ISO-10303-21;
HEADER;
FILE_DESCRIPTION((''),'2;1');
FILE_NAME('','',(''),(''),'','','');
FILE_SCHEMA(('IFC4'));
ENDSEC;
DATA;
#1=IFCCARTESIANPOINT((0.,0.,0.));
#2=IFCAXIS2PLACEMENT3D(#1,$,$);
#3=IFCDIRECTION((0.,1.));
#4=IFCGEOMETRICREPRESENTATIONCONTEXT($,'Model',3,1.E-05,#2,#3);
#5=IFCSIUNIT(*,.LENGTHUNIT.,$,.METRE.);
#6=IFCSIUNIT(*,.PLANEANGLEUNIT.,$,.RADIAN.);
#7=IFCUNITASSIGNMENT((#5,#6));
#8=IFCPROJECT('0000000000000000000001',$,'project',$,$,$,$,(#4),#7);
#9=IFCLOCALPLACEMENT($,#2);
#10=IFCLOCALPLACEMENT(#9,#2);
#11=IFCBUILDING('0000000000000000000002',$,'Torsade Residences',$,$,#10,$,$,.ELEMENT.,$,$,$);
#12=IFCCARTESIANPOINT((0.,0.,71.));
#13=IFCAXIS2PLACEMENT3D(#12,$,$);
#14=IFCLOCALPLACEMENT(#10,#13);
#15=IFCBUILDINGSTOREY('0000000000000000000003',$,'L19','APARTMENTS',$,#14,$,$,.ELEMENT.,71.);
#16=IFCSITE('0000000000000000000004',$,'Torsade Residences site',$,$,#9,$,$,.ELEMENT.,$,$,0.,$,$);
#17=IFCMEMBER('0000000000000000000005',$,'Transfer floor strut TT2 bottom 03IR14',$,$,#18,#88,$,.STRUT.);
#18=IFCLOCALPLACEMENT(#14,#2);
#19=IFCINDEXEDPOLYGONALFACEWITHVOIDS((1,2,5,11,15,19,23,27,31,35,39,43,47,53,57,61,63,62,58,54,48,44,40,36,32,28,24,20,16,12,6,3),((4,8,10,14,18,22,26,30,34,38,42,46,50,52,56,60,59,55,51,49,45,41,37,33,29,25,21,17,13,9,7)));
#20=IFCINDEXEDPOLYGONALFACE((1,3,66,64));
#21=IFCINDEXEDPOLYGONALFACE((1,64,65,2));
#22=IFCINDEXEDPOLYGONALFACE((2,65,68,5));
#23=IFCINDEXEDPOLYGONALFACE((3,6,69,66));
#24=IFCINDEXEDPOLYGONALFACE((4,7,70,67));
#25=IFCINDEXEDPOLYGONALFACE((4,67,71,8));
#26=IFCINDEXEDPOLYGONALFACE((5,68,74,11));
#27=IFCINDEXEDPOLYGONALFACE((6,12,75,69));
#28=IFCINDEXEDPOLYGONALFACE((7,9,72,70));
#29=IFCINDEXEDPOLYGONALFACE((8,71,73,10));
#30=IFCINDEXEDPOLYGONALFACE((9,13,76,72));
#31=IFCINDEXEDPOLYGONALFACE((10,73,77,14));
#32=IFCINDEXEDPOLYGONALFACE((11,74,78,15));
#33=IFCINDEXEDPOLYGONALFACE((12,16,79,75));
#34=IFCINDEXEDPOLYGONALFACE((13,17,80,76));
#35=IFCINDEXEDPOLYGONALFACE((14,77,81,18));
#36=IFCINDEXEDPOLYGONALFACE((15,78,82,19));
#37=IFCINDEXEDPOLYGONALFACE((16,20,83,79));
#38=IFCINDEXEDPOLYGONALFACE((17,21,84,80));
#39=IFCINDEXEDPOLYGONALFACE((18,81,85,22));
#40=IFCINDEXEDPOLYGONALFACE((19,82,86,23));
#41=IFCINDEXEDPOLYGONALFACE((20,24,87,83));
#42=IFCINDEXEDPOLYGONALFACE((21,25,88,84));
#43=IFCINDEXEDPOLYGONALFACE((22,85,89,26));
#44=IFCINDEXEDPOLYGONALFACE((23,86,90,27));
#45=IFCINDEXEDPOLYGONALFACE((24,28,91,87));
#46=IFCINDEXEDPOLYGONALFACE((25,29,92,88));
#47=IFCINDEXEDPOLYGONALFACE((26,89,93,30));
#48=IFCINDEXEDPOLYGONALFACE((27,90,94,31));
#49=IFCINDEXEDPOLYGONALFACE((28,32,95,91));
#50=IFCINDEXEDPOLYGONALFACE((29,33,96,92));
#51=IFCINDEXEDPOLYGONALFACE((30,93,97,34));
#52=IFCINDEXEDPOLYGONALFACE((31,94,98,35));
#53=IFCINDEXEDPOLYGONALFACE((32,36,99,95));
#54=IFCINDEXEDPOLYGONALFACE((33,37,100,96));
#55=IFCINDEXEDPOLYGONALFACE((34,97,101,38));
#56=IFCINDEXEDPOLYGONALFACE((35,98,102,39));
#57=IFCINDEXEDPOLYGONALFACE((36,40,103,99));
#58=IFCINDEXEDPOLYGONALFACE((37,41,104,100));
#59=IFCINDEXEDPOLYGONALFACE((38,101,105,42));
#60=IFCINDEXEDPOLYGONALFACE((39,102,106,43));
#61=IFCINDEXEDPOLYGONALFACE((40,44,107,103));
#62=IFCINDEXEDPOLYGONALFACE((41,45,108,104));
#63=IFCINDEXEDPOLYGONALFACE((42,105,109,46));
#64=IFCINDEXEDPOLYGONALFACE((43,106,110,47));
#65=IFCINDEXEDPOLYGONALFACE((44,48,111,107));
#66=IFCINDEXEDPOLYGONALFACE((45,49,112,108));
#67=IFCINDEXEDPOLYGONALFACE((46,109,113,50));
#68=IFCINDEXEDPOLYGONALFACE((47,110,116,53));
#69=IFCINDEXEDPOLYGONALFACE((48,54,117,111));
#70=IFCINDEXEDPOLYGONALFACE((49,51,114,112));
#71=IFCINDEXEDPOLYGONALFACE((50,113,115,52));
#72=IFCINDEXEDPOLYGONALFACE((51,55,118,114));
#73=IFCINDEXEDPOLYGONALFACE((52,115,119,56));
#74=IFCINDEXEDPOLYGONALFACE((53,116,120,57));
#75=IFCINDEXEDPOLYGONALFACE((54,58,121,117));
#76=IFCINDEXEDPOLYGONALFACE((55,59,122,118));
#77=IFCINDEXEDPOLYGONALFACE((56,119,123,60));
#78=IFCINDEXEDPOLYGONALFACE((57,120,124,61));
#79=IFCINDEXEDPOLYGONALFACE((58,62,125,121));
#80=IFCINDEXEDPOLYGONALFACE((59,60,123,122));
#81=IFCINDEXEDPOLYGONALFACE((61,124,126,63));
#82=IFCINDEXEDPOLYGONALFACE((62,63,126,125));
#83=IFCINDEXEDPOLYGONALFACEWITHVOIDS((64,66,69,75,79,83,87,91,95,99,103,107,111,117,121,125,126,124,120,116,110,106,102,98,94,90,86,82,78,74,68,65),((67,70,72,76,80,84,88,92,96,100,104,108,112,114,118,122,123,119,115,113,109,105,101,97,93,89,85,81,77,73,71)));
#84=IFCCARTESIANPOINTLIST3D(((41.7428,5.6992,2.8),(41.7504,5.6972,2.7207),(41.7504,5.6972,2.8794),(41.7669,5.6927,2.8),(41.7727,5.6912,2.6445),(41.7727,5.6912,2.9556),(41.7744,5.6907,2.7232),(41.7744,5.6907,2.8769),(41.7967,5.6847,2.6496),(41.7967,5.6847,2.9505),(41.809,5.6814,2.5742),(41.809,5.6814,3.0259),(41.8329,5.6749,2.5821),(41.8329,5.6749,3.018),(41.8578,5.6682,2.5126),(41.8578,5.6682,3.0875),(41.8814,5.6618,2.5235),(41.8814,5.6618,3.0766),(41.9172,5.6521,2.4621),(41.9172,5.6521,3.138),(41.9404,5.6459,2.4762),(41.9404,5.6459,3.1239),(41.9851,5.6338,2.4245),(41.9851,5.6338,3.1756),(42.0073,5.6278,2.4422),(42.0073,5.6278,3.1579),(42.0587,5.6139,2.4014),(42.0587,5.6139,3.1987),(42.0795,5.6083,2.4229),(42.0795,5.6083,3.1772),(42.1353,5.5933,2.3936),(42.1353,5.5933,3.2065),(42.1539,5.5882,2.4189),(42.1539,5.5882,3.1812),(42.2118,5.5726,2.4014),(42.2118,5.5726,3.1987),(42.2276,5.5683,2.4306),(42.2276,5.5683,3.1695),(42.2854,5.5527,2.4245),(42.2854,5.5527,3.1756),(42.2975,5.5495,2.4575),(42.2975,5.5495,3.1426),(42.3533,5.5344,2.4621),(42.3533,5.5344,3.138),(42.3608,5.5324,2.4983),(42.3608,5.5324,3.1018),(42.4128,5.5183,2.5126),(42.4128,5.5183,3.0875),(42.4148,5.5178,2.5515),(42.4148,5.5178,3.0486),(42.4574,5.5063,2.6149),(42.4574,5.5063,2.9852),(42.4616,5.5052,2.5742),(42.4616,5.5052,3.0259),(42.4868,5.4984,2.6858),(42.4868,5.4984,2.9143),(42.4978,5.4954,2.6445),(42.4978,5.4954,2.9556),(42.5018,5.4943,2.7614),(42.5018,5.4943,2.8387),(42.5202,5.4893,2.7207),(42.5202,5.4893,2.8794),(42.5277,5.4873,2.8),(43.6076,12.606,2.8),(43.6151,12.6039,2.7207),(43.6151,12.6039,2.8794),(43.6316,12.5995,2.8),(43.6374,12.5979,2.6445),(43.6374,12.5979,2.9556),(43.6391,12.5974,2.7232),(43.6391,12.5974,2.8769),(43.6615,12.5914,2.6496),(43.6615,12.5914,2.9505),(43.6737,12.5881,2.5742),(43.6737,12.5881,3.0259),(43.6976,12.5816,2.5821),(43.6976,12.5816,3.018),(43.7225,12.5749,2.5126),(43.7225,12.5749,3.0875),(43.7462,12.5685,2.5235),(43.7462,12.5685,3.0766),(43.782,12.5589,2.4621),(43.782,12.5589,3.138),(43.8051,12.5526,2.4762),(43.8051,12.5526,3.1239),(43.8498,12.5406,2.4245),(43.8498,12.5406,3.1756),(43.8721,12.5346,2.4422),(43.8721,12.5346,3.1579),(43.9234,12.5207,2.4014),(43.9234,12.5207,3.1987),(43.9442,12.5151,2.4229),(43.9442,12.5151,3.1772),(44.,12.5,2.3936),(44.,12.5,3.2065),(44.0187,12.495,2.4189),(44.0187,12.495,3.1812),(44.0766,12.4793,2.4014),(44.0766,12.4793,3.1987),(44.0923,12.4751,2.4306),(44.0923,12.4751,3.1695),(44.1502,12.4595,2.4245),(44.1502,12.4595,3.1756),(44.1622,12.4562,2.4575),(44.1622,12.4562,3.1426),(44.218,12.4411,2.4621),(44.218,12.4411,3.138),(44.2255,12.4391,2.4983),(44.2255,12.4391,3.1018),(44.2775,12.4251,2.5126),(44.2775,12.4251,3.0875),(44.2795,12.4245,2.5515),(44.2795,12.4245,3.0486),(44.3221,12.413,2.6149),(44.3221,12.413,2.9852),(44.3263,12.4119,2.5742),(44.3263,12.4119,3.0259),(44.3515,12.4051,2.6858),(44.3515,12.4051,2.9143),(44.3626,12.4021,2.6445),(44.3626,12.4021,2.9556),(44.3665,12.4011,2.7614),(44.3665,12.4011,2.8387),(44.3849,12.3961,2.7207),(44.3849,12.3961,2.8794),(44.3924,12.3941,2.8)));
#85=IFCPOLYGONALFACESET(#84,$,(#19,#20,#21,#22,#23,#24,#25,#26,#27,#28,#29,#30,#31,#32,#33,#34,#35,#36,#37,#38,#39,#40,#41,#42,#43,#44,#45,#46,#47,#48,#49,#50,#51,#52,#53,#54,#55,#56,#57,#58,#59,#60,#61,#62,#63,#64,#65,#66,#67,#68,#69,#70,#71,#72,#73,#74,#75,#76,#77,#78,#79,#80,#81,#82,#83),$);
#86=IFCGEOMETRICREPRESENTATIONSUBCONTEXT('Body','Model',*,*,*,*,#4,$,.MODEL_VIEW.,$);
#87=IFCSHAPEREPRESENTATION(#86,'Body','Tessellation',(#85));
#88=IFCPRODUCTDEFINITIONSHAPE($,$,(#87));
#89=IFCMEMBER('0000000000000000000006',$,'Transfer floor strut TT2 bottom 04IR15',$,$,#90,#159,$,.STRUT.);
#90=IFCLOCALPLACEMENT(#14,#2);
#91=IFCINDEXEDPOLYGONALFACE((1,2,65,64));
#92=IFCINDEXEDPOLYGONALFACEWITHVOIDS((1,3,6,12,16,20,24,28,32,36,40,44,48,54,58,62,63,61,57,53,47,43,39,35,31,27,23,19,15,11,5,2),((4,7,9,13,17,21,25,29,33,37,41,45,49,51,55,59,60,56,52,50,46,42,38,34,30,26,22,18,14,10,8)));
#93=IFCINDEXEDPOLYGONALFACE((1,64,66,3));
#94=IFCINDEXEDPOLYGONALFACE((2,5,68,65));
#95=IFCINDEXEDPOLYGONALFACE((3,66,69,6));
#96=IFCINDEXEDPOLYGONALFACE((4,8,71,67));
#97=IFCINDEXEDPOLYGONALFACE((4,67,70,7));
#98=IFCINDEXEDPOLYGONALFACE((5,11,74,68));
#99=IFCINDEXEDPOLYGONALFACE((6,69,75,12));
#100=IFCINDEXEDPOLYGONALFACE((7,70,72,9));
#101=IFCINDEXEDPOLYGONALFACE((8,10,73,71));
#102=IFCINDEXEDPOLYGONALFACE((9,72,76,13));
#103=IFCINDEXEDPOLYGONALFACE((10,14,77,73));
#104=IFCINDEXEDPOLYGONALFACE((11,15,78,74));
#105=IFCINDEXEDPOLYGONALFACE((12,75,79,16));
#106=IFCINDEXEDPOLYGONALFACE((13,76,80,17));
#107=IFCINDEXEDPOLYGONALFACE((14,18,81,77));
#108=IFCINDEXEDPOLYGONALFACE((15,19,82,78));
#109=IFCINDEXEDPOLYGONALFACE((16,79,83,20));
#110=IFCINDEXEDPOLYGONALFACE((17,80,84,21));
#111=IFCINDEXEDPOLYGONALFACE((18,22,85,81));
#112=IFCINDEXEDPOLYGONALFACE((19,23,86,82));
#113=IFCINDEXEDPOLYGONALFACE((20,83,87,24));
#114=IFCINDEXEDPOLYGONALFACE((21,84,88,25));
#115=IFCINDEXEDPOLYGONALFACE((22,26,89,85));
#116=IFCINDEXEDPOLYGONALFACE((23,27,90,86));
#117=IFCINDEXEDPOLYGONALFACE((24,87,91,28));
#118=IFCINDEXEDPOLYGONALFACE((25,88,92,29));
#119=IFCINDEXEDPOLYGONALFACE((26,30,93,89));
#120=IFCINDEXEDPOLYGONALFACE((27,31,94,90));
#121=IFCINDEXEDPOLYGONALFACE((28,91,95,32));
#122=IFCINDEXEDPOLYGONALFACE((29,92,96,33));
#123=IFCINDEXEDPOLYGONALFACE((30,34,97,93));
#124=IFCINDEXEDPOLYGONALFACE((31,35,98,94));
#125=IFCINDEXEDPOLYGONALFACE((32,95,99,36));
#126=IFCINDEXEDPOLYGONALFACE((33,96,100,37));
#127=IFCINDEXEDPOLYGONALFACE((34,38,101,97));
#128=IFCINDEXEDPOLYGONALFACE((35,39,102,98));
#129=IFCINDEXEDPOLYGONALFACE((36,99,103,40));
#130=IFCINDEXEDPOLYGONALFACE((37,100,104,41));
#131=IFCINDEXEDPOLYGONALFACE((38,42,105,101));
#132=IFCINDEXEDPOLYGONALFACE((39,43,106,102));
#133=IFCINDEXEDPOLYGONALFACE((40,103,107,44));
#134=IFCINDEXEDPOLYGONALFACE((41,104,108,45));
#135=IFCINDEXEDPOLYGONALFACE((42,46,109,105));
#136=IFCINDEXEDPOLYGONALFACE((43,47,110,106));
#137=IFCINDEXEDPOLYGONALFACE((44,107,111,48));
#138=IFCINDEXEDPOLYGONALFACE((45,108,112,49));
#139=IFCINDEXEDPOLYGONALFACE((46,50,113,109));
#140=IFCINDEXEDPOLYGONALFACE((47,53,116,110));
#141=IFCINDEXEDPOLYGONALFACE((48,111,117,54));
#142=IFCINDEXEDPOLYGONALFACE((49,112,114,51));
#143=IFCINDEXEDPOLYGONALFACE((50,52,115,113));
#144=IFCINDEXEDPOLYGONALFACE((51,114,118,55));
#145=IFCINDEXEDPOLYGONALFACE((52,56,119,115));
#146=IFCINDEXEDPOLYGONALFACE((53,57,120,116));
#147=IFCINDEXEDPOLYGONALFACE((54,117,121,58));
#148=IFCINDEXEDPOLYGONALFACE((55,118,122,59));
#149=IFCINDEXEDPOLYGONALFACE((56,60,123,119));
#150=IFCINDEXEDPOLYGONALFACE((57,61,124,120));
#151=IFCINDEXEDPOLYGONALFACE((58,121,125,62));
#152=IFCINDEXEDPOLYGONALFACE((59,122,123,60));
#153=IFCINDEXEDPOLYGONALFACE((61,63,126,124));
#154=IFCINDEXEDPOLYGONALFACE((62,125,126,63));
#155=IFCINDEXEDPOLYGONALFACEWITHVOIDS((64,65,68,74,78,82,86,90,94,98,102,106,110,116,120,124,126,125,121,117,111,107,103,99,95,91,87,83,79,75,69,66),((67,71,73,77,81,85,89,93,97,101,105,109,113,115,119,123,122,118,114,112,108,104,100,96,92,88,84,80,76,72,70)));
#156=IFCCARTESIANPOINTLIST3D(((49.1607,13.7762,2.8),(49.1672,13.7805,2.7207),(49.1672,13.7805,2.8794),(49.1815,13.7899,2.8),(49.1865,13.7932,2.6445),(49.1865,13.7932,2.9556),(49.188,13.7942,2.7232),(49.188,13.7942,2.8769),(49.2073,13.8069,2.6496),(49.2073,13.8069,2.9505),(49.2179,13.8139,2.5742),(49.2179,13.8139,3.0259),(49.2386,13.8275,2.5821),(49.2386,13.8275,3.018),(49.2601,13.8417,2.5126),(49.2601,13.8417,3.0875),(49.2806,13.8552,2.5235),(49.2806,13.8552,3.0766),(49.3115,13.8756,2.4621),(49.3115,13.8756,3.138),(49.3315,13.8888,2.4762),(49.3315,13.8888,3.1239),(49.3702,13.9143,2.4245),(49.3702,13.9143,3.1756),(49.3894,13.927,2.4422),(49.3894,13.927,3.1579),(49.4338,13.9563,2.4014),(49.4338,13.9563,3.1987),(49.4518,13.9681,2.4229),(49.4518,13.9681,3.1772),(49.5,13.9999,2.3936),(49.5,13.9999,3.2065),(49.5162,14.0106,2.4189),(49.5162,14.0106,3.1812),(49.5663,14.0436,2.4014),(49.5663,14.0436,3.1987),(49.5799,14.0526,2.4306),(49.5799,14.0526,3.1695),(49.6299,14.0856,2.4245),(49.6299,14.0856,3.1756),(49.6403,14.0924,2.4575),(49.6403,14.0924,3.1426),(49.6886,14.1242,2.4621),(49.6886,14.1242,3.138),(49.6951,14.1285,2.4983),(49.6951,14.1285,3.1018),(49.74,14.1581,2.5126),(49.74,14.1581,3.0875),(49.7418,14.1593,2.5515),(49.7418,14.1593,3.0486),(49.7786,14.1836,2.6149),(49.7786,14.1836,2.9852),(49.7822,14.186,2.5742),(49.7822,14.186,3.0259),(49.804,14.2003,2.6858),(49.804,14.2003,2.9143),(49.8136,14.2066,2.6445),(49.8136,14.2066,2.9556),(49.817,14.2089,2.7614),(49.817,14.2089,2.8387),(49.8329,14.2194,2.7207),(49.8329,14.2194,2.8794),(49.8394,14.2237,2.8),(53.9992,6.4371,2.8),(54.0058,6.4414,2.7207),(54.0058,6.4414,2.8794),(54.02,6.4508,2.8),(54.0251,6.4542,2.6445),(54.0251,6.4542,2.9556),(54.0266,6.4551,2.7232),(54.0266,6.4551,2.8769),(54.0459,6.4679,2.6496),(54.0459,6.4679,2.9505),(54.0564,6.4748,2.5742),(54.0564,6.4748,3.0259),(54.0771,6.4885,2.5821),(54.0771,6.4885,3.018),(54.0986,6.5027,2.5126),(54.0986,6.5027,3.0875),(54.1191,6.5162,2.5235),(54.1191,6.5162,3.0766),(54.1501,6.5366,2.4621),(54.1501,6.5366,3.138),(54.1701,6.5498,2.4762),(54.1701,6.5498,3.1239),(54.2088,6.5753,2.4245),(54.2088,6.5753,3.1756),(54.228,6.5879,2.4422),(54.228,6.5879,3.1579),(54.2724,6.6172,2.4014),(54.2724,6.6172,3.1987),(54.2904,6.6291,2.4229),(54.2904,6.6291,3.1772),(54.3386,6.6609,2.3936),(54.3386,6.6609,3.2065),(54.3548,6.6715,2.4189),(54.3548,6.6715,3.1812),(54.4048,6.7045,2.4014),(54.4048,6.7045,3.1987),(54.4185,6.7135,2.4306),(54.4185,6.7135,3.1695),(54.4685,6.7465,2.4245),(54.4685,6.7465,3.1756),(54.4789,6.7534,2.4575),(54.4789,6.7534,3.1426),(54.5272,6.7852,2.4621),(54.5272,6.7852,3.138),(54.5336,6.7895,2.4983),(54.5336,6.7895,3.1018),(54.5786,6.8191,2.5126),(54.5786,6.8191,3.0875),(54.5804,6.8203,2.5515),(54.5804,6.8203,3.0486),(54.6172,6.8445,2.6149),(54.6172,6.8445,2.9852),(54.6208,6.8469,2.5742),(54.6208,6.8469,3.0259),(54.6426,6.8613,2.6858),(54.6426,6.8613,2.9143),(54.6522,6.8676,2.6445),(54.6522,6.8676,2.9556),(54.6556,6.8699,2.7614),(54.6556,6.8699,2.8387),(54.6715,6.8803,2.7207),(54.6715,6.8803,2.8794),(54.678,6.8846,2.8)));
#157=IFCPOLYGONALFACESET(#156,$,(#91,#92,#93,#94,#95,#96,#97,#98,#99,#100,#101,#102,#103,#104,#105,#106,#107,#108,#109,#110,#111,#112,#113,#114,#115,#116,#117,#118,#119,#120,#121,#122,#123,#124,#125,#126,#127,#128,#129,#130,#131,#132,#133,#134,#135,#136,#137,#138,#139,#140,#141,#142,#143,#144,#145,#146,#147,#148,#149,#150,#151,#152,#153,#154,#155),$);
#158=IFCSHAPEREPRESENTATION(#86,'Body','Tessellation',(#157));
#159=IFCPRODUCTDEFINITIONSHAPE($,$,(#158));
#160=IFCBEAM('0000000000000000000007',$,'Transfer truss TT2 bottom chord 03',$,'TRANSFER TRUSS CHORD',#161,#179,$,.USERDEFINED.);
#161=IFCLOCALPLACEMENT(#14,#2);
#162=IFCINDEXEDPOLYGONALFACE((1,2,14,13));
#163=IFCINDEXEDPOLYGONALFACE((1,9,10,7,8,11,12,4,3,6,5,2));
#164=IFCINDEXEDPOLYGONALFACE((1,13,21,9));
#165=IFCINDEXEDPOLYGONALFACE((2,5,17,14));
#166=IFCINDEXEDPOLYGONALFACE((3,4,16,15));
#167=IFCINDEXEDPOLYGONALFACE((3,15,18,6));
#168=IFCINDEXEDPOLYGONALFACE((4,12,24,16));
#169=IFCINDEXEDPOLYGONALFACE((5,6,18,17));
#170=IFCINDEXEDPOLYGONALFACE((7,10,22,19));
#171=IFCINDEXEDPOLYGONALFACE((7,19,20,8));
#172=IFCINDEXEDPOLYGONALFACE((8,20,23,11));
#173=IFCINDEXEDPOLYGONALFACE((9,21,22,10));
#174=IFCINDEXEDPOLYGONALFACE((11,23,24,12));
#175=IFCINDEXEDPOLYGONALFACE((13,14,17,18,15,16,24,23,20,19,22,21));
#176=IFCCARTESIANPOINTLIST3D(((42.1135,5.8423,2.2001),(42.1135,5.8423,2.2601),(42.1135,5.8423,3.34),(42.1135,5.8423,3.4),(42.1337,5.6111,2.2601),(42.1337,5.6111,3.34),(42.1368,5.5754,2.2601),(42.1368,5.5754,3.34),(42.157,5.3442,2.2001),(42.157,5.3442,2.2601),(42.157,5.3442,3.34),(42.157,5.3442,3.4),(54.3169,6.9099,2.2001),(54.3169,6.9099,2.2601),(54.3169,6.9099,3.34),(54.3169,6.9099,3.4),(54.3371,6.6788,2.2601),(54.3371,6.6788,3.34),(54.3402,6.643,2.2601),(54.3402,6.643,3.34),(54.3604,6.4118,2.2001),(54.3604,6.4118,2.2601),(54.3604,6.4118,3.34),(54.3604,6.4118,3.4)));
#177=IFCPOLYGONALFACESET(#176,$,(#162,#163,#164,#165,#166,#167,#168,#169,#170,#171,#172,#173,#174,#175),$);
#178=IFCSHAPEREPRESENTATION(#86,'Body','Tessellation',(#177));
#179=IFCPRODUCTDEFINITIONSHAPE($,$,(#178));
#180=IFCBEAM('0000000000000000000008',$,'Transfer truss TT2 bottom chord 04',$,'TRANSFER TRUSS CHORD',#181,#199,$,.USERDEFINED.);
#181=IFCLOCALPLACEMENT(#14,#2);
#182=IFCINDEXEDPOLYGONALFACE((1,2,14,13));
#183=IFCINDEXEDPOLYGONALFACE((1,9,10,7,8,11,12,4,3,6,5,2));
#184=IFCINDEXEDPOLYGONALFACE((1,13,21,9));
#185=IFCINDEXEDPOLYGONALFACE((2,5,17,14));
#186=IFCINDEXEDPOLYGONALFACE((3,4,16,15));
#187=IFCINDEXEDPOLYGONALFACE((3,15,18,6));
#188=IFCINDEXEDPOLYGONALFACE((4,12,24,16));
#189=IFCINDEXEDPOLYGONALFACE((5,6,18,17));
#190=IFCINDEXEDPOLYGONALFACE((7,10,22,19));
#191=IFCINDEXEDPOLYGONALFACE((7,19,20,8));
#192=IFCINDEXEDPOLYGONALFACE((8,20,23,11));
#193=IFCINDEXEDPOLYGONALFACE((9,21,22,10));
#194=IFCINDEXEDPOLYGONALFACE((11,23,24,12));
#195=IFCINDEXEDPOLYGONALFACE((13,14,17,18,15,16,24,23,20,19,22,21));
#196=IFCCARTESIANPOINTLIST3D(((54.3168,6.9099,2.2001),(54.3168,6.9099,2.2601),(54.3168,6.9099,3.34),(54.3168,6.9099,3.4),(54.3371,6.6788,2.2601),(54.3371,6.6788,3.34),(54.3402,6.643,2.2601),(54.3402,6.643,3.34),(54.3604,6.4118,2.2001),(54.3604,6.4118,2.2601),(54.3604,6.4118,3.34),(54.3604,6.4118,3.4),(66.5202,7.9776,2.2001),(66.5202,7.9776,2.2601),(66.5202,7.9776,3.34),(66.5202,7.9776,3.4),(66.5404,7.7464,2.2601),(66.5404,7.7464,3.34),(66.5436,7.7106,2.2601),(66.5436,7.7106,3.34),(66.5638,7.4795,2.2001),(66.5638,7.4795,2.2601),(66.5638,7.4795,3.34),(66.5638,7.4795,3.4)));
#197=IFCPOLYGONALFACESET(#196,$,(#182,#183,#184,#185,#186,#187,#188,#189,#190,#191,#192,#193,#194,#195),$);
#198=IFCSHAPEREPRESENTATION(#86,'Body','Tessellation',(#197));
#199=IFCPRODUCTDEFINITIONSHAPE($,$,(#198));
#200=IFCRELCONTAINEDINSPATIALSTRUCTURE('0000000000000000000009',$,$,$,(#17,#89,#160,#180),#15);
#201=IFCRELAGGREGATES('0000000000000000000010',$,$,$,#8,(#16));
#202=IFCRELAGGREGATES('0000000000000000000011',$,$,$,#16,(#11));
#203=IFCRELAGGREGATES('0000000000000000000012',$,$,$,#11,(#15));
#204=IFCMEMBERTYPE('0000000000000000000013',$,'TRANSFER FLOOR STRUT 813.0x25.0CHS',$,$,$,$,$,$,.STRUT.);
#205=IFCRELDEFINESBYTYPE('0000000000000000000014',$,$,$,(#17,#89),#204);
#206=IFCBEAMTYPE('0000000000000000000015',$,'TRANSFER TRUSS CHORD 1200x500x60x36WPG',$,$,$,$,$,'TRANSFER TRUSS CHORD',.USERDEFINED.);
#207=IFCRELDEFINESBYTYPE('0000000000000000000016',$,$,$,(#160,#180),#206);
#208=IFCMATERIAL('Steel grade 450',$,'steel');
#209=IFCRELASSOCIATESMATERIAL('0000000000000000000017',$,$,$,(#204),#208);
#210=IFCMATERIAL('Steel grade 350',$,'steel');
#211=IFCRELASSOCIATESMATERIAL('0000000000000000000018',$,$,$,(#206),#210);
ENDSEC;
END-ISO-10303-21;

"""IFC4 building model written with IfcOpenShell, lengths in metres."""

from ifc_helpers import new_model, si_unit, direction, frame, origin, origin_2d, place, context, subcontext, project, spatial, hollow_circle, i_section, extrude, material, material_profile, profile_set, type_object, element, save


model = new_model("IFC4")

# Units and contexts
model_context = context("Model", 3, precision=1e-05, world=origin(), true_north=direction((0.0, 1.0)))
body_context = subcontext(model_context, "Body", "Model", "MODEL_VIEW")
ifc_project = project(units=[si_unit("LENGTHUNIT", "METRE"), si_unit("PLANEANGLEUNIT", "RADIAN")], contexts=[model_context])

# Site, building, storey
site_placement = place(None, origin())
site = spatial("IfcSite", under=ifc_project, at=site_placement, Name="Torsade Residences site", CompositionType="ELEMENT", RefElevation=0.0)
building_placement = place(site_placement, origin())
building = spatial("IfcBuilding", under=site, at=building_placement, Name="Torsade Residences", CompositionType="ELEMENT")
storey_placement = place(building_placement, frame((0.0, 0.0, 71.0)))
storey = spatial("IfcBuildingStorey", under=building, at=storey_placement, Name="L19", Description="APARTMENTS", CompositionType="ELEMENT", Elevation=71.0)

# Members
ifc_material_1 = material(Name="Steel grade 450", Category="steel")
ifc_material_profile_1 = material_profile(ifc_material_1, hollow_circle(Radius=0.4065, WallThickness=0.0249, at=origin_2d()), Name="813.0x25.0CHS")
ifc_profile_set_1 = profile_set([ifc_material_profile_1], Name="Steel grade 450")
member_type_1 = type_object("IfcMemberType", Name="TRANSFER FLOOR STRUT 813.0x25.0CHS", PredefinedType="STRUT", material=ifc_profile_set_1)
member_1_placement = place(storey_placement, frame((42.1353, 5.5933, 2.8), z_axis=(0.260656, 0.965432, 0.0), x_axis=(-0.965432, 0.260656, 0.0)))
element("IfcMember", 1, at=member_1_placement, inside=storey, type_object=member_type_1, Name="Transfer floor strut TT2 bottom 03IR14", PredefinedType="STRUT", context=body_context, shape_type="SweptSolid", body=[
    extrude(hollow_circle(Radius=0.4065, WallThickness=0.0249, at=origin_2d()), origin(), (0.0, 0.0, 1.0), 7.1541),
])
member_2_placement = place(storey_placement, frame((54.3386, 6.6609, 2.8), z_axis=(-0.550431, 0.834881, 0.0), x_axis=(-0.834881, -0.550431, 0.0)))
element("IfcMember", 2, at=member_2_placement, inside=storey, type_object=member_type_1, Name="Transfer floor strut TT2 bottom 04IR15", PredefinedType="STRUT", context=body_context, shape_type="SweptSolid", body=[
    extrude(hollow_circle(Radius=0.4065, WallThickness=0.0249, at=origin_2d()), origin(), (0.0, 0.0, 1.0), 8.7905),
])

# Beams
ifc_material_2 = material(Name="Steel grade 350", Category="steel")
ifc_material_profile_2 = material_profile(ifc_material_2, i_section(OverallWidth=0.5, OverallDepth=1.2, WebThickness=0.0359, FlangeThickness=0.0601, at=origin_2d()), Name="1200x500x60x36WPG")
ifc_profile_set_2 = profile_set([ifc_material_profile_2], Name="Steel grade 350")
beam_type_1 = type_object("IfcBeamType", Name="TRANSFER TRUSS CHORD 1200x500x60x36WPG", ElementType="TRANSFER TRUSS CHORD", PredefinedType="USERDEFINED", material=ifc_profile_set_2)
for number, where, z_axis, x_axis, name in (
    (3, (42.1353, 5.5933, 2.8), (0.996195, 0.087153, 0.0), (-0.087153, 0.996195, 0.0), "Transfer truss TT2 bottom chord 03"),
    (4, (54.3386, 6.6609, 2.8), (0.996195, 0.087153, 0.0), (-0.087153, 0.996195, 0.0), "Transfer truss TT2 bottom chord 04"),
):
    element("IfcBeam", number, at=place(storey_placement, frame(where, z_axis=z_axis, x_axis=x_axis)), inside=storey, type_object=beam_type_1, Name=name, ObjectType="TRANSFER TRUSS CHORD", PredefinedType="USERDEFINED", context=body_context, shape_type="SweptSolid", body=[
        extrude(i_section(OverallWidth=0.5, OverallDepth=1.2, WebThickness=0.0359, FlangeThickness=0.0601, at=origin_2d()), origin(), (0.0, 0.0, 1.0), 12.25),
    ])

save(model, "model.ifc")
